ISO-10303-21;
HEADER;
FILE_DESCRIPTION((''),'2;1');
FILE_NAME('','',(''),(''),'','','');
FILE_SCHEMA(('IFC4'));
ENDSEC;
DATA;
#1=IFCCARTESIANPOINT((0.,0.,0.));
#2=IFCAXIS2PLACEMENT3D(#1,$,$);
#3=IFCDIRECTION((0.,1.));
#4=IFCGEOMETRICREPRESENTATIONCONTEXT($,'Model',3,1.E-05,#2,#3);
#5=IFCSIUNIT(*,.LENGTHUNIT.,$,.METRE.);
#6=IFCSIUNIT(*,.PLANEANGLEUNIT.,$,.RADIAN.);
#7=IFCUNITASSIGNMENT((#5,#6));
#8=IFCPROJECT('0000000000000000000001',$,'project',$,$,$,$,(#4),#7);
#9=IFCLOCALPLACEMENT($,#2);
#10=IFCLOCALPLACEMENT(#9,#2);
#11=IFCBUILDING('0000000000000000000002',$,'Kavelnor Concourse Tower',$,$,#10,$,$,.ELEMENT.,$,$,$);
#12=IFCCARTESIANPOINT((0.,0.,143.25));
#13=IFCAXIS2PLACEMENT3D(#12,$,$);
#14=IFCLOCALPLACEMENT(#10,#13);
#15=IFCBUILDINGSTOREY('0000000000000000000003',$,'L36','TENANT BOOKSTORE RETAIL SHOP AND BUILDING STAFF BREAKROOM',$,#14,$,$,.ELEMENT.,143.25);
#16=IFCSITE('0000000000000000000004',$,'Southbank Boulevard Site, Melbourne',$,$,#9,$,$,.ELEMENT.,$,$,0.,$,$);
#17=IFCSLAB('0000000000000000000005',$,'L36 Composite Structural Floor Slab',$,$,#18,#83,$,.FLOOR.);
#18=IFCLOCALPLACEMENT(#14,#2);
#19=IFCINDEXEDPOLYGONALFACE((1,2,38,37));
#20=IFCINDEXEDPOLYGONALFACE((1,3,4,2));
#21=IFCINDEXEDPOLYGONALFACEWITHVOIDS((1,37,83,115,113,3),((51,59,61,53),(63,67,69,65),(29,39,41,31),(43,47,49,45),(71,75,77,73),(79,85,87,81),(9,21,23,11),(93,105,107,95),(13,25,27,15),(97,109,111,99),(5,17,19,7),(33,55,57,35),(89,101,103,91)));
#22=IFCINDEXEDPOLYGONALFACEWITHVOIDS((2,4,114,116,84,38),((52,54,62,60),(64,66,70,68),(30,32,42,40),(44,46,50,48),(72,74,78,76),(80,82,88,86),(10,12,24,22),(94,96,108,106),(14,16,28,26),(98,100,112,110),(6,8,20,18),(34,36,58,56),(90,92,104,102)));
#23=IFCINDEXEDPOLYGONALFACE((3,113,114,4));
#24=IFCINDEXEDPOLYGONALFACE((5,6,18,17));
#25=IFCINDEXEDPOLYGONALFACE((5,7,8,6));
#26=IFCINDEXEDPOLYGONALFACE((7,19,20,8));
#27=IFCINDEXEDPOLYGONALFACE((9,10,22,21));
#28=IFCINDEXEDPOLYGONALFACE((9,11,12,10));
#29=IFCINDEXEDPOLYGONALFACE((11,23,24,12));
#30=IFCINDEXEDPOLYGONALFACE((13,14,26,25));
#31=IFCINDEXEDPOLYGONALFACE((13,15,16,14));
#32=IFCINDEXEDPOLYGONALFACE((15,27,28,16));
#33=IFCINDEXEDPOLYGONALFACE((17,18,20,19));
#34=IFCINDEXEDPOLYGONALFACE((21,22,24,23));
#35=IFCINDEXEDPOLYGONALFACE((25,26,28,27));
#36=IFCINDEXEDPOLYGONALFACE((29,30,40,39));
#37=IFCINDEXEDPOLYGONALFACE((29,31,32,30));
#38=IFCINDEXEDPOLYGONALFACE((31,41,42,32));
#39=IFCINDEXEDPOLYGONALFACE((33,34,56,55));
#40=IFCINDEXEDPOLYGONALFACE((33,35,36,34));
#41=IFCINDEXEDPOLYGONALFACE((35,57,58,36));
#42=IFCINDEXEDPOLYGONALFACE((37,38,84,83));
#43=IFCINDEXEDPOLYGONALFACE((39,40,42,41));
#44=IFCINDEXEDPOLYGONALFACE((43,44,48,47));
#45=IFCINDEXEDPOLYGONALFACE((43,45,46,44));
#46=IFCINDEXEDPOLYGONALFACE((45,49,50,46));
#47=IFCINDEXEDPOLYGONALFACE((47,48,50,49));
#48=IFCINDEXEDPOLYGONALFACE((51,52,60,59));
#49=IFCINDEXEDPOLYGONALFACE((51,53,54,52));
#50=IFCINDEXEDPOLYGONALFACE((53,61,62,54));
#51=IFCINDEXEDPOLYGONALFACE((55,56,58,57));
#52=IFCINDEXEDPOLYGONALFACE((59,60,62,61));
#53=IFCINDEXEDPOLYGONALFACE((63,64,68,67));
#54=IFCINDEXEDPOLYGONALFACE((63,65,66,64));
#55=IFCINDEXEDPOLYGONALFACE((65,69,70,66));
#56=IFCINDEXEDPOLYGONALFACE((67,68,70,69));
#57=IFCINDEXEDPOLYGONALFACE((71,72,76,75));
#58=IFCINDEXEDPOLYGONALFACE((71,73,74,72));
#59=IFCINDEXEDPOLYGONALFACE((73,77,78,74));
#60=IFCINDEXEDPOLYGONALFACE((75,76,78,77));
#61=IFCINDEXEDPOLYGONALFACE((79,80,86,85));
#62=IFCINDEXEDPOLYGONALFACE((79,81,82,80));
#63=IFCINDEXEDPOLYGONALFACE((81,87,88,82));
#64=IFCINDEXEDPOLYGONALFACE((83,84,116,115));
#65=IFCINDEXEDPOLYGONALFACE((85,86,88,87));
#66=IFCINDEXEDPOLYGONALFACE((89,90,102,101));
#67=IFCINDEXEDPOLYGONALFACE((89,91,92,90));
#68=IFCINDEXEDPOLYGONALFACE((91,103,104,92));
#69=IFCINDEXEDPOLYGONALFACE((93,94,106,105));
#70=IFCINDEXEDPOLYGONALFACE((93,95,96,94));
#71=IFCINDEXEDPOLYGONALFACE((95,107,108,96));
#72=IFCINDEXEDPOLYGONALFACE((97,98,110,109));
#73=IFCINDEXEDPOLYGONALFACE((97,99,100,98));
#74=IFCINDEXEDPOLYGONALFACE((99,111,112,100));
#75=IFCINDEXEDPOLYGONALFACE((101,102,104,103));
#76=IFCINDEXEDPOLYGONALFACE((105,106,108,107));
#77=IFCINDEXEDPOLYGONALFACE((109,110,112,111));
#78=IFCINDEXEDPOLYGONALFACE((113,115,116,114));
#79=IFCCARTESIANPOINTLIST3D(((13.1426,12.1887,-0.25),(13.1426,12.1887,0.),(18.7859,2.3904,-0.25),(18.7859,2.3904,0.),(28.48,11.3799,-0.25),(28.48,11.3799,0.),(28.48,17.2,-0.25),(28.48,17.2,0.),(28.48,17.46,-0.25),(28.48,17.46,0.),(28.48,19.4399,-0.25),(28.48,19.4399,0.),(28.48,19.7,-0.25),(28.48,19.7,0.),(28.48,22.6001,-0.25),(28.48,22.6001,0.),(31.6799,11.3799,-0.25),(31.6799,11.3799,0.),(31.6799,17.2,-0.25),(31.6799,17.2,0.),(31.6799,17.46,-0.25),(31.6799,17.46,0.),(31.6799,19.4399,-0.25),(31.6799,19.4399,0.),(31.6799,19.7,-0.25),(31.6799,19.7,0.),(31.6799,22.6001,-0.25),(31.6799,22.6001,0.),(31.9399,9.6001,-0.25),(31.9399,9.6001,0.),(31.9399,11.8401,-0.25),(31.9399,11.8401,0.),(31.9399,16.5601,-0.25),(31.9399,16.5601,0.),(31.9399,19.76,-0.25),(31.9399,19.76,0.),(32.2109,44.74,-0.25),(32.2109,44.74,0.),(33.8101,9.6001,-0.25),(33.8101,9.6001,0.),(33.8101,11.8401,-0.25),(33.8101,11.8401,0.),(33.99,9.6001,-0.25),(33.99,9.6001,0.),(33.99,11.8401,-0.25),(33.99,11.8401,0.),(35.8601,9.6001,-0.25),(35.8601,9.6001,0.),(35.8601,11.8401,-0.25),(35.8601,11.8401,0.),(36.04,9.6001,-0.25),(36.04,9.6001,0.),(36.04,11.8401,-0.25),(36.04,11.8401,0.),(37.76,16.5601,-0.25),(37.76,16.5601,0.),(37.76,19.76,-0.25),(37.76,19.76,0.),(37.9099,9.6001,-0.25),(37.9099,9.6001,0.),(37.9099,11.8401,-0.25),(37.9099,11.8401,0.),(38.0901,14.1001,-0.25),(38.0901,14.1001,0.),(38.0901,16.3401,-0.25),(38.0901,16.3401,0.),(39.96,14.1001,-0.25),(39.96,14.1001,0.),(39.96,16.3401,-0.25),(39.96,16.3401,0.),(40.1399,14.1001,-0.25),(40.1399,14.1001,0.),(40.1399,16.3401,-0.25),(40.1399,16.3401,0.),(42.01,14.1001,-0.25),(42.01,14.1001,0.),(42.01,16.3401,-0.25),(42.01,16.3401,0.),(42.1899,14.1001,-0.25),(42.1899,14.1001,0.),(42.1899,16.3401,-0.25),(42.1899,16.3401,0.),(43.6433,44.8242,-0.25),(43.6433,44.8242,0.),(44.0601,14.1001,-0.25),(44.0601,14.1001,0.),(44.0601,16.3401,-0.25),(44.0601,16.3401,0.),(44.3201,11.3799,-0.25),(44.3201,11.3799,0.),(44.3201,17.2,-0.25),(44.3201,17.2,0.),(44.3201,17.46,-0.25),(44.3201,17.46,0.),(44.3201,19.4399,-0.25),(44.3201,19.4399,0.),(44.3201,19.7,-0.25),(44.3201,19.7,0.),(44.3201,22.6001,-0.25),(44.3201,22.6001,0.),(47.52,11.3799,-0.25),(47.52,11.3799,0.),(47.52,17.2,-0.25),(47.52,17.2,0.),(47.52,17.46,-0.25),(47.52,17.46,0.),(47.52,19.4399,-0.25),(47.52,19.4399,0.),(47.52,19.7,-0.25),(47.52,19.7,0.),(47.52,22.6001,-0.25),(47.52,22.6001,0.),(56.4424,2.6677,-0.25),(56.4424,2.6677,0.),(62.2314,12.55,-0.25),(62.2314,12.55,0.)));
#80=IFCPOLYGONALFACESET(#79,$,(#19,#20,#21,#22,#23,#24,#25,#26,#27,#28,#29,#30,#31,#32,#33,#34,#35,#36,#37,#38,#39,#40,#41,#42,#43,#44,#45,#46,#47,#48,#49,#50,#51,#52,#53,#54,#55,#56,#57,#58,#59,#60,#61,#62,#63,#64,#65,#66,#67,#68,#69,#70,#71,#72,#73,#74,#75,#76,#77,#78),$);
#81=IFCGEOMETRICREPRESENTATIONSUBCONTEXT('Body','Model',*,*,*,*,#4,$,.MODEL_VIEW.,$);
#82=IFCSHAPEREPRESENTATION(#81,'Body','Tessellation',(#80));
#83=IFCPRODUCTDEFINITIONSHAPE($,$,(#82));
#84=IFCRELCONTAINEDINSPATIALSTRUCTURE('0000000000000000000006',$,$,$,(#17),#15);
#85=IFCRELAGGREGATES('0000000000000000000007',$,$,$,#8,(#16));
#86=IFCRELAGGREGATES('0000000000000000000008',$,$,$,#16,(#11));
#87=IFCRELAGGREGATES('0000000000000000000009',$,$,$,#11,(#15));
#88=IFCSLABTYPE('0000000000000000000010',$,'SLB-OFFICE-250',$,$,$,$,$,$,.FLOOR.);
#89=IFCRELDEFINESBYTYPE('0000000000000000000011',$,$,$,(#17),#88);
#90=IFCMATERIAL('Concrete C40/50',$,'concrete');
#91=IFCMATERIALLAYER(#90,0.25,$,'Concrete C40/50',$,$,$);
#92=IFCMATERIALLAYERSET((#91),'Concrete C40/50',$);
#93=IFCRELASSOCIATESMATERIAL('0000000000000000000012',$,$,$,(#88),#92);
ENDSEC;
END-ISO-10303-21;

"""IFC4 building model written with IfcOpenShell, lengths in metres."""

from ifc_helpers import new_model, si_unit, direction, frame, origin, place, context, subcontext, project, spatial, polyline, outline, extrude, material, layer, layer_set, type_object, element, save


model = new_model("IFC4")

# Units and contexts
model_context = context("Model", 3, precision=1e-05, world=origin(), true_north=direction((0.0, 1.0)))
body_context = subcontext(model_context, "Body", "Model", "MODEL_VIEW")
ifc_project = project(units=[si_unit("LENGTHUNIT", "METRE"), si_unit("PLANEANGLEUNIT", "RADIAN")], contexts=[model_context])

# Site, building, storey
site_placement = place(None, origin())
site = spatial("IfcSite", under=ifc_project, at=site_placement, Name="Southbank Boulevard Site, Melbourne", CompositionType="ELEMENT", RefElevation=0.0)
building_placement = place(site_placement, origin())
building = spatial("IfcBuilding", under=site, at=building_placement, Name="Kavelnor Concourse Tower", CompositionType="ELEMENT")
storey_placement = place(building_placement, frame((0.0, 0.0, 143.25)))
storey = spatial("IfcBuildingStorey", under=building, at=storey_placement, Name="L36", Description="TENANT BOOKSTORE RETAIL SHOP AND BUILDING STAFF BREAKROOM", CompositionType="ELEMENT", Elevation=143.25)

# Shared definitions
ifc_material_1 = material(Name="Concrete C40/50", Category="concrete")

# Slab
ifc_layer_1 = layer(ifc_material_1, 0.25, Name="Concrete C40/50")
ifc_layer_set_1 = layer_set([ifc_layer_1], Name="Concrete C40/50")
slab_type_1 = type_object("IfcSlabType", Name="SLB-OFFICE-250", PredefinedType="FLOOR", material=ifc_layer_set_1)
slab_1_placement = place(storey_placement, frame((0.0, 0.0, -0.25)))
element("IfcSlab", 1, at=slab_1_placement, inside=storey, type_object=slab_type_1, Name="L36 Composite Structural Floor Slab", PredefinedType="FLOOR", context=body_context, shape_type="SweptSolid", body=[
    extrude(outline(polyline([(43.6433, 44.8242), (32.2109, 44.74), (13.1426, 12.1887), (18.7859, 2.3904), (56.4424, 2.6677), (62.2314, 12.55), (43.6433, 44.8242)]), holes=[polyline([(28.48, 11.3799), (31.6799, 11.3799), (31.6799, 17.2), (28.48, 17.2), (28.48, 11.3799)]), polyline([(44.3201, 11.3799), (47.52, 11.3799), (47.52, 17.2), (44.3201, 17.2), (44.3201, 11.3799)]), polyline([(31.9399, 16.5601), (37.76, 16.5601), (37.76, 19.76), (31.9399, 19.76), (31.9399, 16.5601)]), polyline([(28.48, 19.7), (31.6799, 19.7), (31.6799, 22.6001), (28.48, 22.6001), (28.48, 19.7)]), polyline([(44.3201, 19.7), (47.52, 19.7), (47.52, 22.6001), (44.3201, 22.6001), (44.3201, 19.7)]), polyline([(38.0901, 14.1001), (39.96, 14.1001), (39.96, 16.3401), (38.0901, 16.3401), (38.0901, 14.1001)]), polyline([(40.1399, 14.1001), (42.01, 14.1001), (42.01, 16.3401), (40.1399, 16.3401), (40.1399, 14.1001)]), polyline([(42.1899, 14.1001), (44.0601, 14.1001), (44.0601, 16.3401), (42.1899, 16.3401), (42.1899, 14.1001)]), polyline([(31.9399, 9.6001), (33.8101, 9.6001), (33.8101, 11.8401), (31.9399, 11.8401), (31.9399, 9.6001)]), polyline([(33.99, 9.6001), (35.8601, 9.6001), (35.8601, 11.8401), (33.99, 11.8401), (33.99, 9.6001)]), polyline([(36.04, 9.6001), (37.9099, 9.6001), (37.9099, 11.8401), (36.04, 11.8401), (36.04, 9.6001)]), polyline([(28.48, 17.46), (31.6799, 17.46), (31.6799, 19.4399), (28.48, 19.4399), (28.48, 17.46)]), polyline([(44.3201, 17.46), (47.52, 17.46), (47.52, 19.4399), (44.3201, 19.4399), (44.3201, 17.46)])]), origin(), (0.0, 0.0, 1.0), 0.25),
])

save(model, "model.ifc")
